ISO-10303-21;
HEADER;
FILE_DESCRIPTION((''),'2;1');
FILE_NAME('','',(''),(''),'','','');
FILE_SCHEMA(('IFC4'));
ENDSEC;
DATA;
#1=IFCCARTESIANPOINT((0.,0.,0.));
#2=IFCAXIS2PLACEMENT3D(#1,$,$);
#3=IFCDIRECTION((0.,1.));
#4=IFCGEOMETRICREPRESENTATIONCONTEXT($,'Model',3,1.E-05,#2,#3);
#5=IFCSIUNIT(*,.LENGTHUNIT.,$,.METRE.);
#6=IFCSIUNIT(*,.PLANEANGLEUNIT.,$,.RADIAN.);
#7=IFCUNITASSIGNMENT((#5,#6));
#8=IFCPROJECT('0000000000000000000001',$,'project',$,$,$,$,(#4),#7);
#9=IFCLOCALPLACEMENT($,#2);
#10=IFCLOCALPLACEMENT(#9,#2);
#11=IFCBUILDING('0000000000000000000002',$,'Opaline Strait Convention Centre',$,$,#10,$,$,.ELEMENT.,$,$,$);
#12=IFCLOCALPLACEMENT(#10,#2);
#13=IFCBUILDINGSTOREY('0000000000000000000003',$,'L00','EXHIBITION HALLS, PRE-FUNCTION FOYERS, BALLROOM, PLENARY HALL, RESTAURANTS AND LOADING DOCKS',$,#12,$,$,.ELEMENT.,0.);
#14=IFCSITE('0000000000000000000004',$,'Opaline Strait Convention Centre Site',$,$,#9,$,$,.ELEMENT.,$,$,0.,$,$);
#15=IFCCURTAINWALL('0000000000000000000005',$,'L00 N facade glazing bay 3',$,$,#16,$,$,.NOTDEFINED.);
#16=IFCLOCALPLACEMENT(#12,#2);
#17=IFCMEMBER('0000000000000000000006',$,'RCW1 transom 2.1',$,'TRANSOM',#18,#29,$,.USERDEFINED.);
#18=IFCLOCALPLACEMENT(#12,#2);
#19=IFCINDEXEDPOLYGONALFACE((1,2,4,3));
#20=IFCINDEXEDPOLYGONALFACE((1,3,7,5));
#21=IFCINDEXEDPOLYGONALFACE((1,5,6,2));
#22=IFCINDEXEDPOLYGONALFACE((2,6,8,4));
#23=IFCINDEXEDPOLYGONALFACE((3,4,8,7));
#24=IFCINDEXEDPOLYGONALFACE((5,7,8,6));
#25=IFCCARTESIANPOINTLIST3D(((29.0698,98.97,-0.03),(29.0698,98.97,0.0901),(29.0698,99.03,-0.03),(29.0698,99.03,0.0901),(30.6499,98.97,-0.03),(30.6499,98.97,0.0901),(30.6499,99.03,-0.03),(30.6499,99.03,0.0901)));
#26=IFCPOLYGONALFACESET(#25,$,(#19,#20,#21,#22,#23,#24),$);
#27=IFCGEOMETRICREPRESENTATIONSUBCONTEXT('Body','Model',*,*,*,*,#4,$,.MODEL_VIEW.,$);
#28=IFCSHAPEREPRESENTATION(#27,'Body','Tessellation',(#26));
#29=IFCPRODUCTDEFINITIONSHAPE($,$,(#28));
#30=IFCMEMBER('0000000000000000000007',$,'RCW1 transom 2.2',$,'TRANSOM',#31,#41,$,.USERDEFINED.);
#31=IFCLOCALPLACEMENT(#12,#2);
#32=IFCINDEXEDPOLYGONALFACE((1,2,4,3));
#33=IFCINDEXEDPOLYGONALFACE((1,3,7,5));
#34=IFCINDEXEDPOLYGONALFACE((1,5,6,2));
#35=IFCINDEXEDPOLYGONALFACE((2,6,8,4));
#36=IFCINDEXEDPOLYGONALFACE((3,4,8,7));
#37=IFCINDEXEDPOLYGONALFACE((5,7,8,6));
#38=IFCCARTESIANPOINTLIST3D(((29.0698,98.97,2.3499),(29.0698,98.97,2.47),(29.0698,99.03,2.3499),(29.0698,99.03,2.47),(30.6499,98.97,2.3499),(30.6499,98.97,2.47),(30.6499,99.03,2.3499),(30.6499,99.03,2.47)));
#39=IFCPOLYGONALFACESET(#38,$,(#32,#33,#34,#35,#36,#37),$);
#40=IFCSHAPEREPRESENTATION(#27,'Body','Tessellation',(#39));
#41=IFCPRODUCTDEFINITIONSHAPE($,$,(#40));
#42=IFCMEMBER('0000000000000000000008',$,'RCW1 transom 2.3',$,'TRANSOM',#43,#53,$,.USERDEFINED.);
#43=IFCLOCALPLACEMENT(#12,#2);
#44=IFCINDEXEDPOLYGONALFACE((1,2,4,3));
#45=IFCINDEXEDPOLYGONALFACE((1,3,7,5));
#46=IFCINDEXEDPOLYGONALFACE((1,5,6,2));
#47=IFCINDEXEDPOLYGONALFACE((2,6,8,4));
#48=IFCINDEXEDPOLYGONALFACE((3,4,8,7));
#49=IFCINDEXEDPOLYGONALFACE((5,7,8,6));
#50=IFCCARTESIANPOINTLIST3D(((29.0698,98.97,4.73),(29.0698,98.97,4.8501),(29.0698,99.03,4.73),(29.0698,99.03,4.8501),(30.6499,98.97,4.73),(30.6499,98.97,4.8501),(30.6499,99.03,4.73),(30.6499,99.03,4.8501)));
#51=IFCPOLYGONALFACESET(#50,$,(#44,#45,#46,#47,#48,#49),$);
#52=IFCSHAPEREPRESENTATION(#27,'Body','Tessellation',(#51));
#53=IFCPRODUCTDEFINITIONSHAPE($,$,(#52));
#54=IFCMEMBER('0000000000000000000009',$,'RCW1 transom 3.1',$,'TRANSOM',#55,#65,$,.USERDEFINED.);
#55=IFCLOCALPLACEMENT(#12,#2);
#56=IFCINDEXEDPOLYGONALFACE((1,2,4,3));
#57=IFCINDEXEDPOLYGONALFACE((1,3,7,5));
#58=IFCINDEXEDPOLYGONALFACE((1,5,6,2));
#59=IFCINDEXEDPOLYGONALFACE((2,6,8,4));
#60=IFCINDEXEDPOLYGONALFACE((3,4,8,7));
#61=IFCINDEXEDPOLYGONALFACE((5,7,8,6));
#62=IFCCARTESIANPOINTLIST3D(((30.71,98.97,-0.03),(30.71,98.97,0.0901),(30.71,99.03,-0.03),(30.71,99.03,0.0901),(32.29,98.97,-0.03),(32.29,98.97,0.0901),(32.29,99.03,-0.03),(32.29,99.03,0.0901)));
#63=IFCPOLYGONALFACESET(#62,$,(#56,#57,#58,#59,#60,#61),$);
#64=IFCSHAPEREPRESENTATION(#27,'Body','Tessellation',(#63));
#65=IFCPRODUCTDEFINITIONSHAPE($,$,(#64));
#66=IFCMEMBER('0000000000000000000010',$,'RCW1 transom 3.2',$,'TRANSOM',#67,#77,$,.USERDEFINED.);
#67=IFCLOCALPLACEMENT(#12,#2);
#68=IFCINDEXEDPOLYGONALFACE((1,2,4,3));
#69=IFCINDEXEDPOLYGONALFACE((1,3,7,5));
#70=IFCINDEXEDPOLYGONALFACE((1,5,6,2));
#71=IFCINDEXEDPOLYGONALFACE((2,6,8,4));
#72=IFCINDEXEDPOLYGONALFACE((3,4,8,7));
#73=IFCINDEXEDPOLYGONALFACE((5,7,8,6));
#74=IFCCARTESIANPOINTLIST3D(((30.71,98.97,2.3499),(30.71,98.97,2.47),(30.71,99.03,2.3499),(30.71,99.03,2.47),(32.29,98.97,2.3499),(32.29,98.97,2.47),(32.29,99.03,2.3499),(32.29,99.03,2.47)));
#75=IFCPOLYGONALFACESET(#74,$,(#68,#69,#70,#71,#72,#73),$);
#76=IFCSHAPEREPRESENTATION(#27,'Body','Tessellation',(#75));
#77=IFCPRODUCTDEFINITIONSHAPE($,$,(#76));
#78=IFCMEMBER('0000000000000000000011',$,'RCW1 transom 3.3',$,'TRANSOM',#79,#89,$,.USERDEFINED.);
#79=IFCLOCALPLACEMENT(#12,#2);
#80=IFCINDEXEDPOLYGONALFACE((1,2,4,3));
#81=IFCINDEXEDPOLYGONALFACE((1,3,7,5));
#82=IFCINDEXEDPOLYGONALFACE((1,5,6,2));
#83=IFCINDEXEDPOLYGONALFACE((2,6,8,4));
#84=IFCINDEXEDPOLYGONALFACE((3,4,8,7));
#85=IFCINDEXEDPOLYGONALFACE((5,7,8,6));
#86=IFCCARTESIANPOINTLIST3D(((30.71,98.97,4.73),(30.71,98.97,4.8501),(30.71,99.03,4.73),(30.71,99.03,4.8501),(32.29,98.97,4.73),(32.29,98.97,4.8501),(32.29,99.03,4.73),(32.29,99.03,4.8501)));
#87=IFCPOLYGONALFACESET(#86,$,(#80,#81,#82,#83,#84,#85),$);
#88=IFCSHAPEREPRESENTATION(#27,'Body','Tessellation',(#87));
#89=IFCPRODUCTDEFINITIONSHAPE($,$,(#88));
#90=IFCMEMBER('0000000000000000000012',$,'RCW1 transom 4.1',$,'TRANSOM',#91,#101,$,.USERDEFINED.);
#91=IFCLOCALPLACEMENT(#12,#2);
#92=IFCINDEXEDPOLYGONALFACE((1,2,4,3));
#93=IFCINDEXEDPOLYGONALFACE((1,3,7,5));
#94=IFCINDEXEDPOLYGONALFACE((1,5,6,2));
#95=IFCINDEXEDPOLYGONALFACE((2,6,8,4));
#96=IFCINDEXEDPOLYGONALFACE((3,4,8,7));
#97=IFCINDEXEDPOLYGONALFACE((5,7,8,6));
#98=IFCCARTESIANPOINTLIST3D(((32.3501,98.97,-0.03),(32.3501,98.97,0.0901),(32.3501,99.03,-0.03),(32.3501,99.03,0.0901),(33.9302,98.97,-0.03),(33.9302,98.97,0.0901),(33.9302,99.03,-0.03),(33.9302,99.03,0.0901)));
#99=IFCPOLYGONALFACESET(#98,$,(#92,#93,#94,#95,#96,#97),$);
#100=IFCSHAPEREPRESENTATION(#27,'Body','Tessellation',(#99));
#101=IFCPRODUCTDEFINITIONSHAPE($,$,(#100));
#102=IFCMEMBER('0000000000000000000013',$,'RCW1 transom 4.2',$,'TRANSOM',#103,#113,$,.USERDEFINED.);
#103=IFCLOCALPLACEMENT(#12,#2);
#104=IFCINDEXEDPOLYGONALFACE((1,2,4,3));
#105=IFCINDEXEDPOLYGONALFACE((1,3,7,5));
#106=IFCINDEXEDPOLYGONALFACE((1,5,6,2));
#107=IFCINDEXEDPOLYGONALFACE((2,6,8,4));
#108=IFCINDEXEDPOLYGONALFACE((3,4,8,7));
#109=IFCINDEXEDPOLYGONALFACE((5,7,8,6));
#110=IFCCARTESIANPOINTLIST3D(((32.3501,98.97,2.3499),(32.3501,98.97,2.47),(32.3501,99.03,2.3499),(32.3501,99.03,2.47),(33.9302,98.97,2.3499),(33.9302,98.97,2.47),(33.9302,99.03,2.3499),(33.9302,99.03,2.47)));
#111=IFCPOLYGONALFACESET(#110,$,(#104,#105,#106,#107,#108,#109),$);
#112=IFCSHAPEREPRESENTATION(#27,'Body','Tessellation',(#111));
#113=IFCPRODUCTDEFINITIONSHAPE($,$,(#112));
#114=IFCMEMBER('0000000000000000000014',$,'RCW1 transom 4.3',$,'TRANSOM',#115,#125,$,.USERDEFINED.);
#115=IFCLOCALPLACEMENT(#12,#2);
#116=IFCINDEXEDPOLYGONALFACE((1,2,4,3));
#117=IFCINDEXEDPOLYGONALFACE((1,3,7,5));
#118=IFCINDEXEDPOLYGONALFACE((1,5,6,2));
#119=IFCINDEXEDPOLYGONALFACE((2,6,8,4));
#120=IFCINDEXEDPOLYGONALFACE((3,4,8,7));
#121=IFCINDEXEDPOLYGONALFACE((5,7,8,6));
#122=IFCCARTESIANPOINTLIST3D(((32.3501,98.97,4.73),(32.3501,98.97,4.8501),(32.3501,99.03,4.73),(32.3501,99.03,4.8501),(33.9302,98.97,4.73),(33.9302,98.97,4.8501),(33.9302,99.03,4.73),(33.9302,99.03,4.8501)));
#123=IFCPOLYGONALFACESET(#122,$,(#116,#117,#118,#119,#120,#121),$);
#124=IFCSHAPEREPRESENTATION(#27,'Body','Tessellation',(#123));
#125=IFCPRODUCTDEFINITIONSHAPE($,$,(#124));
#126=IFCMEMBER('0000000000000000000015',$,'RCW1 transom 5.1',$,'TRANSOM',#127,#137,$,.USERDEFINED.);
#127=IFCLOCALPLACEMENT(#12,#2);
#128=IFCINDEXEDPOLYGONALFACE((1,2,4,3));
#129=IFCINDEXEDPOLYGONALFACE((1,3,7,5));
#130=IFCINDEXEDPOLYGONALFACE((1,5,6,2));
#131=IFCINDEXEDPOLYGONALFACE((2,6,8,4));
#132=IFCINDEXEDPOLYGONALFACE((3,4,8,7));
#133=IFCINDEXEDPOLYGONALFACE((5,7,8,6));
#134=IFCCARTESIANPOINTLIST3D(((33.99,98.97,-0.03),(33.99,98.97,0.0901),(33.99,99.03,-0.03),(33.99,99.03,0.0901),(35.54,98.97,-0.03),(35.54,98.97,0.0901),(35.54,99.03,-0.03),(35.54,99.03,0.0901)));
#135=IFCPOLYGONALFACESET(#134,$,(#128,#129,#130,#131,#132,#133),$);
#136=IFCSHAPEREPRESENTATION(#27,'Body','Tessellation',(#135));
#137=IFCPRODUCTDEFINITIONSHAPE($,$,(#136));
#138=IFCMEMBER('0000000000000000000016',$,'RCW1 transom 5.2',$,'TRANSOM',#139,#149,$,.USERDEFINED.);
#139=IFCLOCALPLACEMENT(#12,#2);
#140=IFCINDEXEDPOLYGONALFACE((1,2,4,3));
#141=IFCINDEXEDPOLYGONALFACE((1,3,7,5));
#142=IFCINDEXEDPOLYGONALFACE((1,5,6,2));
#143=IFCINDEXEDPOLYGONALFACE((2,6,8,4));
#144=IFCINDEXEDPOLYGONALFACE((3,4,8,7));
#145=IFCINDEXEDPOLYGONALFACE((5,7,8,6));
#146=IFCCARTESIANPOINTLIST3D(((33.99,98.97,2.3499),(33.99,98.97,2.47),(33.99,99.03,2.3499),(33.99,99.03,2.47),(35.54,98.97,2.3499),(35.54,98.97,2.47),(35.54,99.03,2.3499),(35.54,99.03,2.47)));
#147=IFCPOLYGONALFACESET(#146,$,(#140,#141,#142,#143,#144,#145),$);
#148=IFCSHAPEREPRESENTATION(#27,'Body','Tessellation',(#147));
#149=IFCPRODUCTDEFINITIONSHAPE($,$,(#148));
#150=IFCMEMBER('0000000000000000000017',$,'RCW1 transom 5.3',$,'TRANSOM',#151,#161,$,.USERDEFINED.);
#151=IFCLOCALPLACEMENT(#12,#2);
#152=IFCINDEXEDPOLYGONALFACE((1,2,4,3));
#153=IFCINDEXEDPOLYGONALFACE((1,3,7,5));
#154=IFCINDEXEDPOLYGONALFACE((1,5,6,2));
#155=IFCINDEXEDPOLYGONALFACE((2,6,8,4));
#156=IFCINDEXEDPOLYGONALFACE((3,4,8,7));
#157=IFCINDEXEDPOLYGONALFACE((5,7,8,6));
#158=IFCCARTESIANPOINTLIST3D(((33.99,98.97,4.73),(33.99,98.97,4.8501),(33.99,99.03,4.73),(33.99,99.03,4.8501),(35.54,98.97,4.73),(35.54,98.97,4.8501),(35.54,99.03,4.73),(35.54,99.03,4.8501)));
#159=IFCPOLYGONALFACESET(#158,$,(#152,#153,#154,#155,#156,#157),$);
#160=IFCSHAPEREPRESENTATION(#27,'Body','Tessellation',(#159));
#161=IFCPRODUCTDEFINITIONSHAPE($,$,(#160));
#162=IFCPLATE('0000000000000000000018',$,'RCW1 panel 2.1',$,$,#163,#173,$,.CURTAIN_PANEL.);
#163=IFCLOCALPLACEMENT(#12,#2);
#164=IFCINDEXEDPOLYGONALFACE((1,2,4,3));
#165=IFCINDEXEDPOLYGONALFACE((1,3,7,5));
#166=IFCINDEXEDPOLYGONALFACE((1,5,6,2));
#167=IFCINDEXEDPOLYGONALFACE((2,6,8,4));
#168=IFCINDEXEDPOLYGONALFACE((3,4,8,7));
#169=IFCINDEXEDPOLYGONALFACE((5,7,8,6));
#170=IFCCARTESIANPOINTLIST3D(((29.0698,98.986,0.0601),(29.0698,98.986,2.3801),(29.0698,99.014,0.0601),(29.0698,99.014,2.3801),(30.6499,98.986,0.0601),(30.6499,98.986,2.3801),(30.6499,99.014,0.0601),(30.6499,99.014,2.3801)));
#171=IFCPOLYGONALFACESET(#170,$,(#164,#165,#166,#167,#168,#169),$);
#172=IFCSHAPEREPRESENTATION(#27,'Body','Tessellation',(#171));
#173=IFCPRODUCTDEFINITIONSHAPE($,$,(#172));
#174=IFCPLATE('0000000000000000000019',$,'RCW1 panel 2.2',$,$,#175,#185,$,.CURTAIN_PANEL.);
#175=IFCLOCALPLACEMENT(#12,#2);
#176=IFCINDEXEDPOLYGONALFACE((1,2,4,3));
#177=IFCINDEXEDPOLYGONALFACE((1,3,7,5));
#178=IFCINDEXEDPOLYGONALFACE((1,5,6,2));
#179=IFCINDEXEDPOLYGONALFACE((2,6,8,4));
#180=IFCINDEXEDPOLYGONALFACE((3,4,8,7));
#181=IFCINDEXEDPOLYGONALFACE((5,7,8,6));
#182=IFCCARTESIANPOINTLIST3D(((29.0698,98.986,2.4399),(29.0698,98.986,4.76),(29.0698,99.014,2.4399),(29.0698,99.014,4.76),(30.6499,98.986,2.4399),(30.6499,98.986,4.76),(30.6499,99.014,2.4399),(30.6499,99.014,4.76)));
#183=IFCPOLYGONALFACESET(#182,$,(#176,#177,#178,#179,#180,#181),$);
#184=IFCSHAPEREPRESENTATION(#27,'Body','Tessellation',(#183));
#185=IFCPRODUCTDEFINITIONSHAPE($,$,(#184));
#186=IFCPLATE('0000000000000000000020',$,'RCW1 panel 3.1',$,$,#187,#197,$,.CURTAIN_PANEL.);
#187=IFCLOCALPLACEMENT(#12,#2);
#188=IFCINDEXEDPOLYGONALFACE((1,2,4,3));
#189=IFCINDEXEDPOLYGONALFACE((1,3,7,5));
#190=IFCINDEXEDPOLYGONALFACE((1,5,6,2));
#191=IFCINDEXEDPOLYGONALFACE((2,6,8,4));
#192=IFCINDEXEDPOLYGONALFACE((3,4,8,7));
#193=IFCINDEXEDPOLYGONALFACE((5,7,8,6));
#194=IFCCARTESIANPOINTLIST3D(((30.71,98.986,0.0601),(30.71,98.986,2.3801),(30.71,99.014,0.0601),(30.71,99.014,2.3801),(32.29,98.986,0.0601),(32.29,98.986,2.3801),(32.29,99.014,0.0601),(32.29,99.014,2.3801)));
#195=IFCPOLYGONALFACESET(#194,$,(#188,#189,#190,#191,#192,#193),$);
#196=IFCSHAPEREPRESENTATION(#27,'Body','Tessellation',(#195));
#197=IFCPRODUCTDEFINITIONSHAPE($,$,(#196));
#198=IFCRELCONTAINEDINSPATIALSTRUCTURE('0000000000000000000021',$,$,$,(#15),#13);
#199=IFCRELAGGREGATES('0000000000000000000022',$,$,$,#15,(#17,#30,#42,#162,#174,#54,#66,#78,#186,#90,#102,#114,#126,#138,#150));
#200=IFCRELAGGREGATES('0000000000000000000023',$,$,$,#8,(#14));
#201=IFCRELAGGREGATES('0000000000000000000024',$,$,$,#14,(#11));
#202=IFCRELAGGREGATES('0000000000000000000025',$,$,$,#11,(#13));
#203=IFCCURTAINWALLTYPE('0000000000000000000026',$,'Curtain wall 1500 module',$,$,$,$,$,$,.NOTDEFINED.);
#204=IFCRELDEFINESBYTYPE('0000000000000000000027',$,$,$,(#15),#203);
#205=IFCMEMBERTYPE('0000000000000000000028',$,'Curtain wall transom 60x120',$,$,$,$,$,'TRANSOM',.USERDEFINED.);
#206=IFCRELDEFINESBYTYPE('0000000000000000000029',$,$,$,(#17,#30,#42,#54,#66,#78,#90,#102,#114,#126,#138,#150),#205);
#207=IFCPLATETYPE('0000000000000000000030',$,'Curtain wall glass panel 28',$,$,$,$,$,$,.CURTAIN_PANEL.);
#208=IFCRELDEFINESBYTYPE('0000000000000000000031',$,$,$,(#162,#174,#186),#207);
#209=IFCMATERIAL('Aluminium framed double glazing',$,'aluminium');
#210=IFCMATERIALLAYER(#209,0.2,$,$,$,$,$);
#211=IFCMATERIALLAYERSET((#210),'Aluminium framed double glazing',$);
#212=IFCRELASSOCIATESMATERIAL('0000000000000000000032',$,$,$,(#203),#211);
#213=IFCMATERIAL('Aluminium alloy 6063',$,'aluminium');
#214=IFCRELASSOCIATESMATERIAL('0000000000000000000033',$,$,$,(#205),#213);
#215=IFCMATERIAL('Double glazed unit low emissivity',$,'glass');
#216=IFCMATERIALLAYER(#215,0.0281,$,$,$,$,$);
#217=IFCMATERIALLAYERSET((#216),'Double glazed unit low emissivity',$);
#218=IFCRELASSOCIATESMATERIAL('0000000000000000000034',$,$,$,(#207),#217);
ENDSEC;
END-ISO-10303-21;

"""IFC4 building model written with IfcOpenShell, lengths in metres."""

from ifc_helpers import new_model, si_unit, direction, frame, origin, origin_2d, place, context, subcontext, project, spatial, rectangle, extrude, material, layer, layer_set, material_profile, profile_set, type_object, element, aggregate, save


model = new_model("IFC4")

# Units and contexts
model_context = context("Model", 3, precision=1e-05, world=origin(), true_north=direction((0.0, 1.0)))
body_context = subcontext(model_context, "Body", "Model", "MODEL_VIEW")
ifc_project = project(units=[si_unit("LENGTHUNIT", "METRE"), si_unit("PLANEANGLEUNIT", "RADIAN")], contexts=[model_context])

# Site, building, storey
site_placement = place(None, origin())
site = spatial("IfcSite", under=ifc_project, at=site_placement, Name="Opaline Strait Convention Centre Site", CompositionType="ELEMENT", RefElevation=0.0)
building_placement = place(site_placement, origin())
building = spatial("IfcBuilding", under=site, at=building_placement, Name="Opaline Strait Convention Centre", CompositionType="ELEMENT")
storey_placement = place(building_placement, origin())
storey = spatial("IfcBuildingStorey", under=building, at=storey_placement, Name="L00", Description="EXHIBITION HALLS, PRE-FUNCTION FOYERS, BALLROOM, PLENARY HALL, RESTAURANTS AND LOADING DOCKS", CompositionType="ELEMENT", Elevation=0.0)

# Curtain wall, members, plates
ifc_material_1 = material(Name="Aluminium framed double glazing", Category="aluminium")
ifc_layer_1 = layer(ifc_material_1, 0.2)
ifc_layer_set_1 = layer_set([ifc_layer_1], Name="Aluminium framed double glazing")
curtain_wall_type = type_object("IfcCurtainWallType", Name="Curtain wall 1500 module", PredefinedType="NOTDEFINED", material=ifc_layer_set_1)
curtain_wall_placement = place(storey_placement, origin())
curtain_wall = element("IfcCurtainWall", 1, at=curtain_wall_placement, inside=storey, type_object=curtain_wall_type, Name="L00 N facade glazing bay 3", PredefinedType="NOTDEFINED")
ifc_material_2 = material(Name="Aluminium alloy 6063", Category="aluminium")
ifc_material_profile_1 = material_profile(ifc_material_2, rectangle(XDim=0.0601, YDim=0.1201, at=origin_2d()), Name="Curtain wall transom 60x120")
ifc_profile_set_1 = profile_set([ifc_material_profile_1], Name="Aluminium alloy 6063")
member_type_1 = type_object("IfcMemberType", Name="Curtain wall transom 60x120", ElementType="TRANSOM", PredefinedType="USERDEFINED", material=ifc_profile_set_1)
member_1_placement = place(storey_placement, frame((29.0698, 99.0, 0.03), z_axis=(1.0, 0.0, 0.0), x_axis=(0.0, 1.0, 0.0)))
member_1 = element("IfcMember", 2, at=member_1_placement, type_object=member_type_1, Name="RCW1 transom 2.1", ObjectType="TRANSOM", PredefinedType="USERDEFINED", context=body_context, shape_type="SweptSolid", body=[
    extrude(rectangle(XDim=0.0601, YDim=0.1201, at=origin_2d()), origin(), (0.0, 0.0, 1.0), 1.5801),
])
member_2_placement = place(storey_placement, frame((29.0698, 99.0, 2.4099), z_axis=(1.0, 0.0, 0.0), x_axis=(0.0, 1.0, 0.0)))
member_2 = element("IfcMember", 3, at=member_2_placement, type_object=member_type_1, Name="RCW1 transom 2.2", ObjectType="TRANSOM", PredefinedType="USERDEFINED", context=body_context, shape_type="SweptSolid", body=[
    extrude(rectangle(XDim=0.0601, YDim=0.1201, at=origin_2d()), origin(), (0.0, 0.0, 1.0), 1.5801),
])
member_3_placement = place(storey_placement, frame((29.0698, 99.0, 4.79), z_axis=(1.0, 0.0, 0.0), x_axis=(0.0, 1.0, 0.0)))
member_3 = element("IfcMember", 4, at=member_3_placement, type_object=member_type_1, Name="RCW1 transom 2.3", ObjectType="TRANSOM", PredefinedType="USERDEFINED", context=body_context, shape_type="SweptSolid", body=[
    extrude(rectangle(XDim=0.0601, YDim=0.1201, at=origin_2d()), origin(), (0.0, 0.0, 1.0), 1.5801),
])
member_4_placement = place(storey_placement, frame((30.71, 99.0, 0.03), z_axis=(1.0, 0.0, 0.0), x_axis=(0.0, 1.0, 0.0)))
member_4 = element("IfcMember", 5, at=member_4_placement, type_object=member_type_1, Name="RCW1 transom 3.1", ObjectType="TRANSOM", PredefinedType="USERDEFINED", context=body_context, shape_type="SweptSolid", body=[
    extrude(rectangle(XDim=0.0601, YDim=0.1201, at=origin_2d()), origin(), (0.0, 0.0, 1.0), 1.5801),
])
member_5_placement = place(storey_placement, frame((30.71, 99.0, 2.4099), z_axis=(1.0, 0.0, 0.0), x_axis=(0.0, 1.0, 0.0)))
member_5 = element("IfcMember", 6, at=member_5_placement, type_object=member_type_1, Name="RCW1 transom 3.2", ObjectType="TRANSOM", PredefinedType="USERDEFINED", context=body_context, shape_type="SweptSolid", body=[
    extrude(rectangle(XDim=0.0601, YDim=0.1201, at=origin_2d()), origin(), (0.0, 0.0, 1.0), 1.5801),
])
member_6_placement = place(storey_placement, frame((30.71, 99.0, 4.79), z_axis=(1.0, 0.0, 0.0), x_axis=(0.0, 1.0, 0.0)))
member_6 = element("IfcMember", 7, at=member_6_placement, type_object=member_type_1, Name="RCW1 transom 3.3", ObjectType="TRANSOM", PredefinedType="USERDEFINED", context=body_context, shape_type="SweptSolid", body=[
    extrude(rectangle(XDim=0.0601, YDim=0.1201, at=origin_2d()), origin(), (0.0, 0.0, 1.0), 1.5801),
])
member_7_placement = place(storey_placement, frame((32.3501, 99.0, 0.03), z_axis=(1.0, 0.0, 0.0), x_axis=(0.0, 1.0, 0.0)))
member_7 = element("IfcMember", 8, at=member_7_placement, type_object=member_type_1, Name="RCW1 transom 4.1", ObjectType="TRANSOM", PredefinedType="USERDEFINED", context=body_context, shape_type="SweptSolid", body=[
    extrude(rectangle(XDim=0.0601, YDim=0.1201, at=origin_2d()), origin(), (0.0, 0.0, 1.0), 1.5801),
])
member_8_placement = place(storey_placement, frame((32.3501, 99.0, 2.4099), z_axis=(1.0, 0.0, 0.0), x_axis=(0.0, 1.0, 0.0)))
member_8 = element("IfcMember", 9, at=member_8_placement, type_object=member_type_1, Name="RCW1 transom 4.2", ObjectType="TRANSOM", PredefinedType="USERDEFINED", context=body_context, shape_type="SweptSolid", body=[
    extrude(rectangle(XDim=0.0601, YDim=0.1201, at=origin_2d()), origin(), (0.0, 0.0, 1.0), 1.5801),
])
member_9_placement = place(storey_placement, frame((32.3501, 99.0, 4.79), z_axis=(1.0, 0.0, 0.0), x_axis=(0.0, 1.0, 0.0)))
member_9 = element("IfcMember", 10, at=member_9_placement, type_object=member_type_1, Name="RCW1 transom 4.3", ObjectType="TRANSOM", PredefinedType="USERDEFINED", context=body_context, shape_type="SweptSolid", body=[
    extrude(rectangle(XDim=0.0601, YDim=0.1201, at=origin_2d()), origin(), (0.0, 0.0, 1.0), 1.5801),
])
member_10_placement = place(storey_placement, frame((33.99, 99.0, 0.03), z_axis=(1.0, 0.0, 0.0), x_axis=(0.0, 1.0, 0.0)))
member_10 = element("IfcMember", 11, at=member_10_placement, type_object=member_type_1, Name="RCW1 transom 5.1", ObjectType="TRANSOM", PredefinedType="USERDEFINED", context=body_context, shape_type="SweptSolid", body=[
    extrude(rectangle(XDim=0.0601, YDim=0.1201, at=origin_2d()), origin(), (0.0, 0.0, 1.0), 1.55),
])
member_11_placement = place(storey_placement, frame((33.99, 99.0, 2.4099), z_axis=(1.0, 0.0, 0.0), x_axis=(0.0, 1.0, 0.0)))
member_11 = element("IfcMember", 12, at=member_11_placement, type_object=member_type_1, Name="RCW1 transom 5.2", ObjectType="TRANSOM", PredefinedType="USERDEFINED", context=body_context, shape_type="SweptSolid", body=[
    extrude(rectangle(XDim=0.0601, YDim=0.1201, at=origin_2d()), origin(), (0.0, 0.0, 1.0), 1.55),
])
member_12_placement = place(storey_placement, frame((33.99, 99.0, 4.79), z_axis=(1.0, 0.0, 0.0), x_axis=(0.0, 1.0, 0.0)))
member_12 = element("IfcMember", 13, at=member_12_placement, type_object=member_type_1, Name="RCW1 transom 5.3", ObjectType="TRANSOM", PredefinedType="USERDEFINED", context=body_context, shape_type="SweptSolid", body=[
    extrude(rectangle(XDim=0.0601, YDim=0.1201, at=origin_2d()), origin(), (0.0, 0.0, 1.0), 1.55),
])
ifc_material_3 = material(Name="Double glazed unit low emissivity", Category="glass")
ifc_layer_2 = layer(ifc_material_3, 0.0281)
ifc_layer_set_2 = layer_set([ifc_layer_2], Name="Double glazed unit low emissivity")
plate_type = type_object("IfcPlateType", Name="Curtain wall glass panel 28", PredefinedType="CURTAIN_PANEL", material=ifc_layer_set_2)
plate_1_placement = place(storey_placement, frame((29.8599, 99.0, 0.0601), z_axis=(0.0, 0.0, 1.0), x_axis=(1.0, 0.0, 0.0)))
plate_1 = element("IfcPlate", 14, at=plate_1_placement, type_object=plate_type, Name="RCW1 panel 2.1", PredefinedType="CURTAIN_PANEL", context=body_context, shape_type="SweptSolid", body=[
    extrude(rectangle(XDim=1.5801, YDim=0.0281, at=origin_2d()), origin(), (0.0, 0.0, 1.0), 2.3201),
])
plate_2_placement = place(storey_placement, frame((29.8599, 99.0, 2.4399), z_axis=(0.0, 0.0, 1.0), x_axis=(1.0, 0.0, 0.0)))
plate_2 = element("IfcPlate", 15, at=plate_2_placement, type_object=plate_type, Name="RCW1 panel 2.2", PredefinedType="CURTAIN_PANEL", context=body_context, shape_type="SweptSolid", body=[
    extrude(rectangle(XDim=1.5801, YDim=0.0281, at=origin_2d()), origin(), (0.0, 0.0, 1.0), 2.3201),
])
plate_3_placement = place(storey_placement, frame((31.5, 99.0, 0.0601), z_axis=(0.0, 0.0, 1.0), x_axis=(1.0, 0.0, 0.0)))
plate_3 = element("IfcPlate", 16, at=plate_3_placement, type_object=plate_type, Name="RCW1 panel 3.1", PredefinedType="CURTAIN_PANEL", context=body_context, shape_type="SweptSolid", body=[
    extrude(rectangle(XDim=1.5801, YDim=0.0281, at=origin_2d()), origin(), (0.0, 0.0, 1.0), 2.3201),
])
aggregate(curtain_wall, [member_1, member_2, member_3, plate_1, plate_2, member_4, member_5, member_6, plate_3, member_7, member_8, member_9, member_10, member_11, member_12])

save(model, "model.ifc")
